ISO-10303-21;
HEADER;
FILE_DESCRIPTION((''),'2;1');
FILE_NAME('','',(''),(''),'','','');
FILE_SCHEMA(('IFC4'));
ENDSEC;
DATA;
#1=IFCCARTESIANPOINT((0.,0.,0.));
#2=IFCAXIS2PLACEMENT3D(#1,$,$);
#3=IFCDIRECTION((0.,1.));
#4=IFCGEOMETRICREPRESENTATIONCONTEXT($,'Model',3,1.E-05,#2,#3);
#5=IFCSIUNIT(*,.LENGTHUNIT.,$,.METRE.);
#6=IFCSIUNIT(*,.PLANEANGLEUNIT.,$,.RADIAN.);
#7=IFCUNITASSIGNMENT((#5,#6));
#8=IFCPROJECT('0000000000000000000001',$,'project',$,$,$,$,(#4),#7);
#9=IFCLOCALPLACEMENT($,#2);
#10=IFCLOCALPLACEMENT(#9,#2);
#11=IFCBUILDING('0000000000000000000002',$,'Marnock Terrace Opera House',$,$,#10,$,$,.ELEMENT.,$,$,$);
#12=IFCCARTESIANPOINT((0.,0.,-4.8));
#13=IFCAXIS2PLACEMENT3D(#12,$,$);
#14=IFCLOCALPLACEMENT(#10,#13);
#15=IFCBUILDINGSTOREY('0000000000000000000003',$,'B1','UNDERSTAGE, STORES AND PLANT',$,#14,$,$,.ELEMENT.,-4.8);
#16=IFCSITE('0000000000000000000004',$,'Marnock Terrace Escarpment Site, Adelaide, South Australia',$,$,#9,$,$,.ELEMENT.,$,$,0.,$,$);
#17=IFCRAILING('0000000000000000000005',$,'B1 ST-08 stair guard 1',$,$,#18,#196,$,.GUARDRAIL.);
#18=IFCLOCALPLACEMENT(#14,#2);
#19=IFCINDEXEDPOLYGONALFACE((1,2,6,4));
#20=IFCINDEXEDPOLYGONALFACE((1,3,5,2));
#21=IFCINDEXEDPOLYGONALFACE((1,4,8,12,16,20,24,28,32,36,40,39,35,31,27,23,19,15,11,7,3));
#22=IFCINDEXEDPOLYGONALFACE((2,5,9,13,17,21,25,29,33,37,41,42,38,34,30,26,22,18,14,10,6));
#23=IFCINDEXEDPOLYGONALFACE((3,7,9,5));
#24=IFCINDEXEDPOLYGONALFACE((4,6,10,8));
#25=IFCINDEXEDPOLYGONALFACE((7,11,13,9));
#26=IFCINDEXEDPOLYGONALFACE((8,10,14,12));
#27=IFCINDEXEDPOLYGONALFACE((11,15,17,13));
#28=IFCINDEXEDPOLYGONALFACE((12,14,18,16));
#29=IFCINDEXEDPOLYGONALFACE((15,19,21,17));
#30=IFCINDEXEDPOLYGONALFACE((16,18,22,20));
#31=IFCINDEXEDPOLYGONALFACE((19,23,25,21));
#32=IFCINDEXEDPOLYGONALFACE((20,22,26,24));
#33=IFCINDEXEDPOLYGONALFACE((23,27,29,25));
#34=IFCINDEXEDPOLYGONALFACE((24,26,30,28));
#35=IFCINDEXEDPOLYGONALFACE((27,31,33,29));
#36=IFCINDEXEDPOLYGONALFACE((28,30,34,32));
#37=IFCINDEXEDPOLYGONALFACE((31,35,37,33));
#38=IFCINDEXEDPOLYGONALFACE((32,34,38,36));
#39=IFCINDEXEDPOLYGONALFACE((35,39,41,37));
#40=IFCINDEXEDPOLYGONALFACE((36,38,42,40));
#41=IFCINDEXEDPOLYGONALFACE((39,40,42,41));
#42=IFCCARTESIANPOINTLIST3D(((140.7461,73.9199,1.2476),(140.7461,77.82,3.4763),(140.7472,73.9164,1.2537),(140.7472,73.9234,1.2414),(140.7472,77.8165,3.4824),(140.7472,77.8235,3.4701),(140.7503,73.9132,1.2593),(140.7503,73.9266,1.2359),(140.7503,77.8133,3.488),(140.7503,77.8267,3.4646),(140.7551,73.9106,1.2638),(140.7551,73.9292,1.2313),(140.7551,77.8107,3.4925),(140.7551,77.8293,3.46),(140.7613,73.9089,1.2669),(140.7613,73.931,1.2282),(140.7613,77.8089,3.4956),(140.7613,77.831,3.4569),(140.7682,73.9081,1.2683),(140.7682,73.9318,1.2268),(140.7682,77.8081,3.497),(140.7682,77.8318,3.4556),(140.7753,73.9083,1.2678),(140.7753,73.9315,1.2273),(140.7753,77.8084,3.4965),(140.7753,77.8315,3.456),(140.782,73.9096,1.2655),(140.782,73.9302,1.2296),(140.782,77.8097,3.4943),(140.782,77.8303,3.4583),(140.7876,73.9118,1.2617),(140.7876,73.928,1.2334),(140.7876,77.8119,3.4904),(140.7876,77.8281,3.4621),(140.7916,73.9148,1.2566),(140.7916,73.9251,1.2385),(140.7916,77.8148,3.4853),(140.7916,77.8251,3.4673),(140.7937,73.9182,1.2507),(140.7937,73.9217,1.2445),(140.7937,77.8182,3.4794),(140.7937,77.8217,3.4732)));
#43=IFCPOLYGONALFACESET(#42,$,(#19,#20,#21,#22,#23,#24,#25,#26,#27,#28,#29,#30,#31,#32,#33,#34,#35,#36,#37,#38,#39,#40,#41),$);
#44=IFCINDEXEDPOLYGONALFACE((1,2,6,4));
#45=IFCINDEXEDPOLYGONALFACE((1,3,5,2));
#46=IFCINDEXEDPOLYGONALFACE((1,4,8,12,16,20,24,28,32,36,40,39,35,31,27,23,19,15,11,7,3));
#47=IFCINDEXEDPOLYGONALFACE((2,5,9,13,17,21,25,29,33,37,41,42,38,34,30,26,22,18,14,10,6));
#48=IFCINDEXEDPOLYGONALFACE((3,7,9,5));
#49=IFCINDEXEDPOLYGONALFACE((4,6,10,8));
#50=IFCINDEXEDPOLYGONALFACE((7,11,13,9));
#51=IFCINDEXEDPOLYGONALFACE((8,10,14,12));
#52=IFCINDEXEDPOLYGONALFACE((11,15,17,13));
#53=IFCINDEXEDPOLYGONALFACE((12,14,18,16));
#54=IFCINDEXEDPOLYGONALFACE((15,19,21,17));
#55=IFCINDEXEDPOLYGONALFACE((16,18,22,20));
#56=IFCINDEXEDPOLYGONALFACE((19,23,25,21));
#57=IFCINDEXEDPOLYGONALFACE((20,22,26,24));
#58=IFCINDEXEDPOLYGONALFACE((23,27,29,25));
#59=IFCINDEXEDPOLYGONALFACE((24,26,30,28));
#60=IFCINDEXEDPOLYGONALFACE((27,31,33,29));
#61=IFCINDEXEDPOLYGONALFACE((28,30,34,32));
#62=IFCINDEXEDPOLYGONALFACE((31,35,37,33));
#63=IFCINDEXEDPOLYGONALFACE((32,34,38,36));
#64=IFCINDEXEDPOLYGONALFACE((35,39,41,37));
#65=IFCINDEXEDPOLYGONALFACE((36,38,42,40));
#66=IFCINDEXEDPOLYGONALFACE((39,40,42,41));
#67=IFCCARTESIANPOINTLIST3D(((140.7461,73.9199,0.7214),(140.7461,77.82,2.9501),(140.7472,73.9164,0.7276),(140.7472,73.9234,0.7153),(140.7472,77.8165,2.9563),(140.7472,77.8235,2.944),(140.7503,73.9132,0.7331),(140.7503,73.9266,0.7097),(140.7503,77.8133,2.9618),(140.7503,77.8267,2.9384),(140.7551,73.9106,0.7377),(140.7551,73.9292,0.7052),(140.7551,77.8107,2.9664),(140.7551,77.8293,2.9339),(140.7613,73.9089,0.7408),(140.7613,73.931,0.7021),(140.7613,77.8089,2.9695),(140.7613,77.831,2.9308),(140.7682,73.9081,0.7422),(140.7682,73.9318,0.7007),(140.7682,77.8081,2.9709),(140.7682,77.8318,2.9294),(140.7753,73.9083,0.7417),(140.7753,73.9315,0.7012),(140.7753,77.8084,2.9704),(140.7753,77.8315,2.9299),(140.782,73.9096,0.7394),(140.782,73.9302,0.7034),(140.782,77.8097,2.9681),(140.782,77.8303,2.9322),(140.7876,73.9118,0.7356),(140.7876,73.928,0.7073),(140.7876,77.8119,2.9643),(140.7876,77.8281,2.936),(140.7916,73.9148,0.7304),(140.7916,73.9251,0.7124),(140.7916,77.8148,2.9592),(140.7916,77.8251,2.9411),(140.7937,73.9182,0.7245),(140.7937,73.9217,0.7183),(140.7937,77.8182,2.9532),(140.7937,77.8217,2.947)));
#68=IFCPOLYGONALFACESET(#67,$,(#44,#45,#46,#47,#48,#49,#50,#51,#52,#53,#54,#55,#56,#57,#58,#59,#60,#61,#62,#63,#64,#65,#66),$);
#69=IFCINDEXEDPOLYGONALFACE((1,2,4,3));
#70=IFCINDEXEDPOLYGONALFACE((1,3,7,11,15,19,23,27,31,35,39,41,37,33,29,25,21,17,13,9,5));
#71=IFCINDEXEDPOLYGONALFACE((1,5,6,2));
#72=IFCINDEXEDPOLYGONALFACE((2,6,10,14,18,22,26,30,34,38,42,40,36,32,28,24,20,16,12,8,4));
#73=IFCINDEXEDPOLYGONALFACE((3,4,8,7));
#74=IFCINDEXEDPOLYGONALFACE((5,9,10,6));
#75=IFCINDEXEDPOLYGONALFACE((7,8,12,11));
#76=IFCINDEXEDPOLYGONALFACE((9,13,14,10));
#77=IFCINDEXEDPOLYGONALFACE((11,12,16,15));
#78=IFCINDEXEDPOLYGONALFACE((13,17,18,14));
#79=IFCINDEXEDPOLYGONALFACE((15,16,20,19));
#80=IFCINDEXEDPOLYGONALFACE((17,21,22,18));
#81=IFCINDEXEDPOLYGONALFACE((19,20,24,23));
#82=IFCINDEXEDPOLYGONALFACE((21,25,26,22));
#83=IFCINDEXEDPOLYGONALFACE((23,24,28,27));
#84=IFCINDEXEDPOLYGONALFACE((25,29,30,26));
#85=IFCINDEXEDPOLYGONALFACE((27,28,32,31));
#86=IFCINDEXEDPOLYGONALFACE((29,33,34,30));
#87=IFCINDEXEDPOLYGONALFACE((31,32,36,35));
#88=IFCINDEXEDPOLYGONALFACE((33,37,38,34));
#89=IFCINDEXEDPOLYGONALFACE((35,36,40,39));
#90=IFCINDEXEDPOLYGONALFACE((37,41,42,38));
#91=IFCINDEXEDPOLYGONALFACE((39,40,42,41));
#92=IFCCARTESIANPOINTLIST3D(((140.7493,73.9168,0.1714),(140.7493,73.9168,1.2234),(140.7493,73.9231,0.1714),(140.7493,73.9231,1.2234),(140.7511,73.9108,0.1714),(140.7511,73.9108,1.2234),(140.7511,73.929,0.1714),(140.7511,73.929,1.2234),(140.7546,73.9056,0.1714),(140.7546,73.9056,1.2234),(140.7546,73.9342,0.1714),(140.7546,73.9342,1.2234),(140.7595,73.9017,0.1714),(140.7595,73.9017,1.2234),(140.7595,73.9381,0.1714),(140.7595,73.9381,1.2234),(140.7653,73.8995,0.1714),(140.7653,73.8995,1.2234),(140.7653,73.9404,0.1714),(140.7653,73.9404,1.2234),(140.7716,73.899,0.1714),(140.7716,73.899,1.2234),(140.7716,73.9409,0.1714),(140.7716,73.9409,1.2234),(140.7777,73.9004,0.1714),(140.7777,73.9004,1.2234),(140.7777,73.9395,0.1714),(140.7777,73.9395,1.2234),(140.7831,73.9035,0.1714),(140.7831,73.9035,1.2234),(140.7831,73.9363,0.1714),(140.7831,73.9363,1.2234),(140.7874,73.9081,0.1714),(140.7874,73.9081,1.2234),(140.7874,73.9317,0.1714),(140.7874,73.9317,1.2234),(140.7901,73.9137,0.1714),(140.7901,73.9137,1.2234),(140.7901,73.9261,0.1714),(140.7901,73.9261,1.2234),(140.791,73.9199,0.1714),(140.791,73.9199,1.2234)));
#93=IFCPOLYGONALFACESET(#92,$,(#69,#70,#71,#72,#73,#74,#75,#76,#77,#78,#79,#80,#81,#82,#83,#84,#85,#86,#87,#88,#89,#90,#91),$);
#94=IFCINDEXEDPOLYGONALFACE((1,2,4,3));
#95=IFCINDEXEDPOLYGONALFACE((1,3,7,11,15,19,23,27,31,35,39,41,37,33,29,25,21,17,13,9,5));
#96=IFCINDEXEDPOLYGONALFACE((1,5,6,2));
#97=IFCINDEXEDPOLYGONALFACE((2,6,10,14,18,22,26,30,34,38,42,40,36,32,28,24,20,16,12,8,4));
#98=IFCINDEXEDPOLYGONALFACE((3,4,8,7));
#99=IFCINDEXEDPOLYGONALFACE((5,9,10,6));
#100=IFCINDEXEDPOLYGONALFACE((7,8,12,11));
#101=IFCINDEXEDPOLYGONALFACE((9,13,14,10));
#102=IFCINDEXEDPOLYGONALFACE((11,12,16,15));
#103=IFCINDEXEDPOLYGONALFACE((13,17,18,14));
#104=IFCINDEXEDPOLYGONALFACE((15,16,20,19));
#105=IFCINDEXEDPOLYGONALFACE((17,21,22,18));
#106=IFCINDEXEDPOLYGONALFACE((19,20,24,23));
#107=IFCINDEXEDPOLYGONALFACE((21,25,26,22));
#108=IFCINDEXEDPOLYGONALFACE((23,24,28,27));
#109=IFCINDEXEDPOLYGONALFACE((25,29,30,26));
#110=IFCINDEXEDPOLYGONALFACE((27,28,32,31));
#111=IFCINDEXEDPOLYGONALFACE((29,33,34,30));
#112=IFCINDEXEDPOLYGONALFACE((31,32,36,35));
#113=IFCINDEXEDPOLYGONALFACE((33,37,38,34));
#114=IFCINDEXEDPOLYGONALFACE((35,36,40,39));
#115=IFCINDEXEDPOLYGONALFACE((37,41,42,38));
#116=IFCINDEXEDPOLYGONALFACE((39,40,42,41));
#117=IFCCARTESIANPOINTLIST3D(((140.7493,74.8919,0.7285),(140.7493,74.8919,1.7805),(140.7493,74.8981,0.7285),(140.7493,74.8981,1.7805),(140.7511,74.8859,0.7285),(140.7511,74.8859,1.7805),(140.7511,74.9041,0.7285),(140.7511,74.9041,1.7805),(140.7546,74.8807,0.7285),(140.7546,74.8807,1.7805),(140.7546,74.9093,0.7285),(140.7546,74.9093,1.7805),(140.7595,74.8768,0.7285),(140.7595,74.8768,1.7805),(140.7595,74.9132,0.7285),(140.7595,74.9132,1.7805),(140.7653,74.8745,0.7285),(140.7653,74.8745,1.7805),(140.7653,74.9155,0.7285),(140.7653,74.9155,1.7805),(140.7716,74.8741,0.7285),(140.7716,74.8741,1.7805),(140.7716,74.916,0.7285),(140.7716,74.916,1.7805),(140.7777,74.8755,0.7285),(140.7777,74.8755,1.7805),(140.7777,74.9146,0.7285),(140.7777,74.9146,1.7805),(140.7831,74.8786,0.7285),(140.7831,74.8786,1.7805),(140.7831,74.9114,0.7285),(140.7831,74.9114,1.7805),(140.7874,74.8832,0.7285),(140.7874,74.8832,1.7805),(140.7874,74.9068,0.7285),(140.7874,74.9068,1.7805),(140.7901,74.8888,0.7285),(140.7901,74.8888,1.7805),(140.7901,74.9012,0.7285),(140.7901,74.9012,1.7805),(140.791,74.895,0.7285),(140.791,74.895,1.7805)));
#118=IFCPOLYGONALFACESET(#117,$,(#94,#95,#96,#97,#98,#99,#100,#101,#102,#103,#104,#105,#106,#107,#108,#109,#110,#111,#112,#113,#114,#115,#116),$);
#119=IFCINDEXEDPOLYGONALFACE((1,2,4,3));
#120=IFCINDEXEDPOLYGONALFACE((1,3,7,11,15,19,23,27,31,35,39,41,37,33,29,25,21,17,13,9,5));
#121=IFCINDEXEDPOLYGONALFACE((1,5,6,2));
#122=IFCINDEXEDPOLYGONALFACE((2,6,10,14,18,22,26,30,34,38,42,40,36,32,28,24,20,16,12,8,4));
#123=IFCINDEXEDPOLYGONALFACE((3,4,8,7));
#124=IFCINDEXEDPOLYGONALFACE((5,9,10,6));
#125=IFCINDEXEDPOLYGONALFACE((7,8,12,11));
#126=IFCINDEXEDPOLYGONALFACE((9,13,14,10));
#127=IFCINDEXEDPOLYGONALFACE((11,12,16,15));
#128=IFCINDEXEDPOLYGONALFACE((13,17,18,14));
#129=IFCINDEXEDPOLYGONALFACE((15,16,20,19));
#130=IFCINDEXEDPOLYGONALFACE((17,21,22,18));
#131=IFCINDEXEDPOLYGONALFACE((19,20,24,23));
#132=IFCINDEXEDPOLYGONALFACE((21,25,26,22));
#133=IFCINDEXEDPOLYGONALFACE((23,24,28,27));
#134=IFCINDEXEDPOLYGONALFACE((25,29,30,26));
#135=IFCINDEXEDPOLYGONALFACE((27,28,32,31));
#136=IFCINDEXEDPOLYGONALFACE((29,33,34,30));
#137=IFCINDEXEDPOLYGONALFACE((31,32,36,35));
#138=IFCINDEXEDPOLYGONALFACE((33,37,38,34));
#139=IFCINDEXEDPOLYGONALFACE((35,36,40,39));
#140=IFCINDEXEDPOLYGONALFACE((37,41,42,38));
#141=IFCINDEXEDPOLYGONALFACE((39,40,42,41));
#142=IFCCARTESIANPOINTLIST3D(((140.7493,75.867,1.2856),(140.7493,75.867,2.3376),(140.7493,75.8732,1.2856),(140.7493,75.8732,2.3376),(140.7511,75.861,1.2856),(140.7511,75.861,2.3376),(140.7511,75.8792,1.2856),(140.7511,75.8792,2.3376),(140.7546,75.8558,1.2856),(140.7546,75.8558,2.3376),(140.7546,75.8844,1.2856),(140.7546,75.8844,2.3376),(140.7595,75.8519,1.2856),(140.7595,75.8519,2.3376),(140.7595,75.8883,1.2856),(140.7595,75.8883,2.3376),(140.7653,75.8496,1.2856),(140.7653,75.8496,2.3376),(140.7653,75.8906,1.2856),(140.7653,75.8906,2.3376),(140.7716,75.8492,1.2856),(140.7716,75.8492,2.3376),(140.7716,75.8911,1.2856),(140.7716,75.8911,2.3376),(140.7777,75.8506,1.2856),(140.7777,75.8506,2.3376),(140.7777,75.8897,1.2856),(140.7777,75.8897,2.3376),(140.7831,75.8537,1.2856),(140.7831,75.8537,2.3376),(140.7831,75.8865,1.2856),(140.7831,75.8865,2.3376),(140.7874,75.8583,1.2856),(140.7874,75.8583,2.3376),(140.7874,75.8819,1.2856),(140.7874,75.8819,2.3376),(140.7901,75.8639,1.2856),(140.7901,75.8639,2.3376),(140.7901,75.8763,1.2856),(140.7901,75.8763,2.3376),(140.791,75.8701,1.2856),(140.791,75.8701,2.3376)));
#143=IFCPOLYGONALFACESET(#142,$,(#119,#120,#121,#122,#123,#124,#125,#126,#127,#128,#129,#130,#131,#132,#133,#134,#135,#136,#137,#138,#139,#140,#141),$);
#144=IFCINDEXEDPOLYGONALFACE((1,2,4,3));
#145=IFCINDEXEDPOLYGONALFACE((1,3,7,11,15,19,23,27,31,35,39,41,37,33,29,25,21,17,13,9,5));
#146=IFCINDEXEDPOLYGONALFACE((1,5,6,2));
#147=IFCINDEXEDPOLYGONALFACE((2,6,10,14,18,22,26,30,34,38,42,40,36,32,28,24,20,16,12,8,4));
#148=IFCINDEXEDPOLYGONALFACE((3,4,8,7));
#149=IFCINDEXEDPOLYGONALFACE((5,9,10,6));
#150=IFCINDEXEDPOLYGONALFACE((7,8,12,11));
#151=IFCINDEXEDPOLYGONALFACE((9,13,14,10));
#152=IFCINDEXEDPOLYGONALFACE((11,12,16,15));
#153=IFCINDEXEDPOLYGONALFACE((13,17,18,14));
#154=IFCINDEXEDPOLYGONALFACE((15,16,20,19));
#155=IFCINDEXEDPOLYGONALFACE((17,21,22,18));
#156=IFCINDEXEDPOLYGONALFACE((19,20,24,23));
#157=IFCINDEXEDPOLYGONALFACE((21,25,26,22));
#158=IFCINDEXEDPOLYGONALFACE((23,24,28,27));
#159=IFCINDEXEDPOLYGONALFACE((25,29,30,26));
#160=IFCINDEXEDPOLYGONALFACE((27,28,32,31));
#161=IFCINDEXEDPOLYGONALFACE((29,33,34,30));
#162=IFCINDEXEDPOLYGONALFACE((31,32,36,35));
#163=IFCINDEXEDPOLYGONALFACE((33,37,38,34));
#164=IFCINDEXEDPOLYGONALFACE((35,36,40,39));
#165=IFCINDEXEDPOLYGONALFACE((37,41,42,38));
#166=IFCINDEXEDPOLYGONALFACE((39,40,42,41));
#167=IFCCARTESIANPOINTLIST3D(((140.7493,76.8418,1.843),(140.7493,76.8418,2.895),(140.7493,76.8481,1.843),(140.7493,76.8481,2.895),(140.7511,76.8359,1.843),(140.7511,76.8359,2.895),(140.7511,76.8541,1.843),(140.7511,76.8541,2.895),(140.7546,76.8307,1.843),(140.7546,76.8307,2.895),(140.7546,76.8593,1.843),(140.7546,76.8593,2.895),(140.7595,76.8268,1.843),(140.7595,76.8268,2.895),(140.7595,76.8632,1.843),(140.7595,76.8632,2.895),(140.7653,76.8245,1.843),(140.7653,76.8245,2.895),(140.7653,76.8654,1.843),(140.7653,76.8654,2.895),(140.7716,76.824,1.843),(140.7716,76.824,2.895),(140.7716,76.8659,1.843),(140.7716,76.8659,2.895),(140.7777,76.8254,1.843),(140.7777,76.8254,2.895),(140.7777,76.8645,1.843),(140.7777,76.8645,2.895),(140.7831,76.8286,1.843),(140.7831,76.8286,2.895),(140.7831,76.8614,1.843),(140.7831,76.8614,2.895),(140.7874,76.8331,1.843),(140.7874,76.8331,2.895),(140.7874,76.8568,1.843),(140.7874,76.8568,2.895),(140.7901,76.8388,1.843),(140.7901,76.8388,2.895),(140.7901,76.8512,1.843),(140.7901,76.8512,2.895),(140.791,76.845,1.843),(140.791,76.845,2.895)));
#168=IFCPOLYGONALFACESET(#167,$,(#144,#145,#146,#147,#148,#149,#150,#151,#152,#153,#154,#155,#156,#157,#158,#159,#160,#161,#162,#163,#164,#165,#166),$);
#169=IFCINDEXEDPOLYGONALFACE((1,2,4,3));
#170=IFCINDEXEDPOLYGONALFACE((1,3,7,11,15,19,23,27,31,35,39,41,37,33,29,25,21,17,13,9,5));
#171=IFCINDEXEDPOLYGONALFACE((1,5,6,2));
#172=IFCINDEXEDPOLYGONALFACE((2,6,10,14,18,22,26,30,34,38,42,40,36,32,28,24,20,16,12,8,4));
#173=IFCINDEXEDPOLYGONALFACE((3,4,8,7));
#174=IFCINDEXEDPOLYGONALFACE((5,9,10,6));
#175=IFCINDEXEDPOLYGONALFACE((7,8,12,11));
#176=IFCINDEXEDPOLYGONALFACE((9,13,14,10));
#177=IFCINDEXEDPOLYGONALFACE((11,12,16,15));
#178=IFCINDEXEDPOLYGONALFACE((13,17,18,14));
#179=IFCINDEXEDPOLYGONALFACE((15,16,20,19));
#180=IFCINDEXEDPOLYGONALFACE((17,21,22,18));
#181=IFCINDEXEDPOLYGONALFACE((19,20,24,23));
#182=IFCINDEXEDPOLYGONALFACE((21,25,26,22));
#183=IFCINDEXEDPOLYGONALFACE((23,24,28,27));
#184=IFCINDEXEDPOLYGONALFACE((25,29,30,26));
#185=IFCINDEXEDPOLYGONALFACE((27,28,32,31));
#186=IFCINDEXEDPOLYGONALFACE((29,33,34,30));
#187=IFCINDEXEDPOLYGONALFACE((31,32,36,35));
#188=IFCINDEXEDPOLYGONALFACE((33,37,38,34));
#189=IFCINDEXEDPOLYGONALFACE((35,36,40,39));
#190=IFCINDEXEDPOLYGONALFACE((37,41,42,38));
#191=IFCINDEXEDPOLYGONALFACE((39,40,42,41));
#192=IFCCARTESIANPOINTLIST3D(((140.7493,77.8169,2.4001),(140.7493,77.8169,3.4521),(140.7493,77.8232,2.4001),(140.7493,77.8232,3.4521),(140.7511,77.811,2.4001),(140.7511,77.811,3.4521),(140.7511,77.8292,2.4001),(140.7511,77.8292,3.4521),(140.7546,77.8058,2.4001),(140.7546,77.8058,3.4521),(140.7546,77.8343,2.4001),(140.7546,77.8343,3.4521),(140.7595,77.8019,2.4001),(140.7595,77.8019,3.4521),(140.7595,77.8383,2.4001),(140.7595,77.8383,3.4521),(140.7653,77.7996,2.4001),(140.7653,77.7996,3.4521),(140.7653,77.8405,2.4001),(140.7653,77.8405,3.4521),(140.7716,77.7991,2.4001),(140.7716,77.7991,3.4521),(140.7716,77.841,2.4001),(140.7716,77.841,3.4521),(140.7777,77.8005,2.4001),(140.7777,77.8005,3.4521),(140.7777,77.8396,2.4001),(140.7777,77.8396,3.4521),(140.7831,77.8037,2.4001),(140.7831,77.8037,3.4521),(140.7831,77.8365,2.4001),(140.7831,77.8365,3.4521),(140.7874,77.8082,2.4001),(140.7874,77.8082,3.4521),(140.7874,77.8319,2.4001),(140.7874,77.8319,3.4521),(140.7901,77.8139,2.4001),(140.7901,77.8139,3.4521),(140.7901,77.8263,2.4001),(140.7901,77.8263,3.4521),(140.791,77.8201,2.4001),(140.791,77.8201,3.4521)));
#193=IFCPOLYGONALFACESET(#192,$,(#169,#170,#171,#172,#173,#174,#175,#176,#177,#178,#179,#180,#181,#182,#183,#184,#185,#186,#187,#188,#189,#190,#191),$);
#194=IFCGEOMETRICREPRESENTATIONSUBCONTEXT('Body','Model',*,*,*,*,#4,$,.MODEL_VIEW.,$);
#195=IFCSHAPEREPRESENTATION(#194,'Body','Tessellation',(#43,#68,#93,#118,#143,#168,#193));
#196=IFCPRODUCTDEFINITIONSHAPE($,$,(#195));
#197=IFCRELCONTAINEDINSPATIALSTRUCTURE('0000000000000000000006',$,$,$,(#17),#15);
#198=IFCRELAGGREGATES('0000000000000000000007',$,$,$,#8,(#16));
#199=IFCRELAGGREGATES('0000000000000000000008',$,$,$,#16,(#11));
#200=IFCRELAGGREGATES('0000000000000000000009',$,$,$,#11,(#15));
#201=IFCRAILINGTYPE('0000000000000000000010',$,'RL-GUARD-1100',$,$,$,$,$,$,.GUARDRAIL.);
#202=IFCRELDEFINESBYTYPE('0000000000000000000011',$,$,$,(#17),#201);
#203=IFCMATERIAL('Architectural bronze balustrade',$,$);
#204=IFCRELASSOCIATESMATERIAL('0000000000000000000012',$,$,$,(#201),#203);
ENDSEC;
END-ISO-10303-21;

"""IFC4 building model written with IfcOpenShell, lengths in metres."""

from ifc_helpers import new_model, si_unit, direction, frame, origin, origin_2d, place, context, subcontext, project, spatial, circle, extrude, material, type_object, element, save


model = new_model("IFC4")

# Units and contexts
model_context = context("Model", 3, precision=1e-05, world=origin(), true_north=direction((0.0, 1.0)))
body_context = subcontext(model_context, "Body", "Model", "MODEL_VIEW")
ifc_project = project(units=[si_unit("LENGTHUNIT", "METRE"), si_unit("PLANEANGLEUNIT", "RADIAN")], contexts=[model_context])

# Site, building, storey
site_placement = place(None, origin())
site = spatial("IfcSite", under=ifc_project, at=site_placement, Name="Marnock Terrace Escarpment Site, Adelaide, South Australia", CompositionType="ELEMENT", RefElevation=0.0)
building_placement = place(site_placement, origin())
building = spatial("IfcBuilding", under=site, at=building_placement, Name="Marnock Terrace Opera House", CompositionType="ELEMENT")
storey_placement = place(building_placement, frame((0.0, 0.0, -4.8)))
storey = spatial("IfcBuildingStorey", under=building, at=storey_placement, Name="B1", Description="UNDERSTAGE, STORES AND PLANT", CompositionType="ELEMENT", Elevation=-4.8)

# Railing
ifc_material_1 = material(Name="Architectural bronze balustrade")
railing_type_1 = type_object("IfcRailingType", Name="RL-GUARD-1100", PredefinedType="GUARDRAIL", material=ifc_material_1)
railing_1_placement = place(storey_placement, frame((140.77, 73.9199, 0.1714)))
element("IfcRailing", 1, at=railing_1_placement, inside=storey, type_object=railing_type_1, Name="B1 ST-08 stair guard 1", PredefinedType="GUARDRAIL", context=body_context, shape_type="SweptSolid", body=[
    extrude(circle(Radius=0.0239, at=origin_2d()), frame((0.0, 0.0, 1.0762), z_axis=(0.0, 0.868233, 0.496156), x_axis=(-1.0, 0.0, 0.0)), (0.0, 0.0, 1.0), 4.4919),
    extrude(circle(Radius=0.0239, at=origin_2d()), frame((0.0, 0.0, 0.55), z_axis=(0.0, 0.868233, 0.496156), x_axis=(-1.0, 0.0, 0.0)), (0.0, 0.0, 1.0), 4.4919),
    extrude(circle(Radius=0.021, at=origin_2d()), origin(), (0.0, 0.0, 1.0), 1.052),
    extrude(circle(Radius=0.021, at=origin_2d()), frame((0.0, 0.9751, 0.5571)), (0.0, 0.0, 1.0), 1.052),
    extrude(circle(Radius=0.021, at=origin_2d()), frame((0.0, 1.9502, 1.1143)), (0.0, 0.0, 1.0), 1.052),
    extrude(circle(Radius=0.021, at=origin_2d()), frame((0.0, 2.925, 1.6716)), (0.0, 0.0, 1.0), 1.052),
    extrude(circle(Radius=0.021, at=origin_2d()), frame((0.0, 3.9001, 2.2288)), (0.0, 0.0, 1.0), 1.052),
])

save(model, "model.ifc")
